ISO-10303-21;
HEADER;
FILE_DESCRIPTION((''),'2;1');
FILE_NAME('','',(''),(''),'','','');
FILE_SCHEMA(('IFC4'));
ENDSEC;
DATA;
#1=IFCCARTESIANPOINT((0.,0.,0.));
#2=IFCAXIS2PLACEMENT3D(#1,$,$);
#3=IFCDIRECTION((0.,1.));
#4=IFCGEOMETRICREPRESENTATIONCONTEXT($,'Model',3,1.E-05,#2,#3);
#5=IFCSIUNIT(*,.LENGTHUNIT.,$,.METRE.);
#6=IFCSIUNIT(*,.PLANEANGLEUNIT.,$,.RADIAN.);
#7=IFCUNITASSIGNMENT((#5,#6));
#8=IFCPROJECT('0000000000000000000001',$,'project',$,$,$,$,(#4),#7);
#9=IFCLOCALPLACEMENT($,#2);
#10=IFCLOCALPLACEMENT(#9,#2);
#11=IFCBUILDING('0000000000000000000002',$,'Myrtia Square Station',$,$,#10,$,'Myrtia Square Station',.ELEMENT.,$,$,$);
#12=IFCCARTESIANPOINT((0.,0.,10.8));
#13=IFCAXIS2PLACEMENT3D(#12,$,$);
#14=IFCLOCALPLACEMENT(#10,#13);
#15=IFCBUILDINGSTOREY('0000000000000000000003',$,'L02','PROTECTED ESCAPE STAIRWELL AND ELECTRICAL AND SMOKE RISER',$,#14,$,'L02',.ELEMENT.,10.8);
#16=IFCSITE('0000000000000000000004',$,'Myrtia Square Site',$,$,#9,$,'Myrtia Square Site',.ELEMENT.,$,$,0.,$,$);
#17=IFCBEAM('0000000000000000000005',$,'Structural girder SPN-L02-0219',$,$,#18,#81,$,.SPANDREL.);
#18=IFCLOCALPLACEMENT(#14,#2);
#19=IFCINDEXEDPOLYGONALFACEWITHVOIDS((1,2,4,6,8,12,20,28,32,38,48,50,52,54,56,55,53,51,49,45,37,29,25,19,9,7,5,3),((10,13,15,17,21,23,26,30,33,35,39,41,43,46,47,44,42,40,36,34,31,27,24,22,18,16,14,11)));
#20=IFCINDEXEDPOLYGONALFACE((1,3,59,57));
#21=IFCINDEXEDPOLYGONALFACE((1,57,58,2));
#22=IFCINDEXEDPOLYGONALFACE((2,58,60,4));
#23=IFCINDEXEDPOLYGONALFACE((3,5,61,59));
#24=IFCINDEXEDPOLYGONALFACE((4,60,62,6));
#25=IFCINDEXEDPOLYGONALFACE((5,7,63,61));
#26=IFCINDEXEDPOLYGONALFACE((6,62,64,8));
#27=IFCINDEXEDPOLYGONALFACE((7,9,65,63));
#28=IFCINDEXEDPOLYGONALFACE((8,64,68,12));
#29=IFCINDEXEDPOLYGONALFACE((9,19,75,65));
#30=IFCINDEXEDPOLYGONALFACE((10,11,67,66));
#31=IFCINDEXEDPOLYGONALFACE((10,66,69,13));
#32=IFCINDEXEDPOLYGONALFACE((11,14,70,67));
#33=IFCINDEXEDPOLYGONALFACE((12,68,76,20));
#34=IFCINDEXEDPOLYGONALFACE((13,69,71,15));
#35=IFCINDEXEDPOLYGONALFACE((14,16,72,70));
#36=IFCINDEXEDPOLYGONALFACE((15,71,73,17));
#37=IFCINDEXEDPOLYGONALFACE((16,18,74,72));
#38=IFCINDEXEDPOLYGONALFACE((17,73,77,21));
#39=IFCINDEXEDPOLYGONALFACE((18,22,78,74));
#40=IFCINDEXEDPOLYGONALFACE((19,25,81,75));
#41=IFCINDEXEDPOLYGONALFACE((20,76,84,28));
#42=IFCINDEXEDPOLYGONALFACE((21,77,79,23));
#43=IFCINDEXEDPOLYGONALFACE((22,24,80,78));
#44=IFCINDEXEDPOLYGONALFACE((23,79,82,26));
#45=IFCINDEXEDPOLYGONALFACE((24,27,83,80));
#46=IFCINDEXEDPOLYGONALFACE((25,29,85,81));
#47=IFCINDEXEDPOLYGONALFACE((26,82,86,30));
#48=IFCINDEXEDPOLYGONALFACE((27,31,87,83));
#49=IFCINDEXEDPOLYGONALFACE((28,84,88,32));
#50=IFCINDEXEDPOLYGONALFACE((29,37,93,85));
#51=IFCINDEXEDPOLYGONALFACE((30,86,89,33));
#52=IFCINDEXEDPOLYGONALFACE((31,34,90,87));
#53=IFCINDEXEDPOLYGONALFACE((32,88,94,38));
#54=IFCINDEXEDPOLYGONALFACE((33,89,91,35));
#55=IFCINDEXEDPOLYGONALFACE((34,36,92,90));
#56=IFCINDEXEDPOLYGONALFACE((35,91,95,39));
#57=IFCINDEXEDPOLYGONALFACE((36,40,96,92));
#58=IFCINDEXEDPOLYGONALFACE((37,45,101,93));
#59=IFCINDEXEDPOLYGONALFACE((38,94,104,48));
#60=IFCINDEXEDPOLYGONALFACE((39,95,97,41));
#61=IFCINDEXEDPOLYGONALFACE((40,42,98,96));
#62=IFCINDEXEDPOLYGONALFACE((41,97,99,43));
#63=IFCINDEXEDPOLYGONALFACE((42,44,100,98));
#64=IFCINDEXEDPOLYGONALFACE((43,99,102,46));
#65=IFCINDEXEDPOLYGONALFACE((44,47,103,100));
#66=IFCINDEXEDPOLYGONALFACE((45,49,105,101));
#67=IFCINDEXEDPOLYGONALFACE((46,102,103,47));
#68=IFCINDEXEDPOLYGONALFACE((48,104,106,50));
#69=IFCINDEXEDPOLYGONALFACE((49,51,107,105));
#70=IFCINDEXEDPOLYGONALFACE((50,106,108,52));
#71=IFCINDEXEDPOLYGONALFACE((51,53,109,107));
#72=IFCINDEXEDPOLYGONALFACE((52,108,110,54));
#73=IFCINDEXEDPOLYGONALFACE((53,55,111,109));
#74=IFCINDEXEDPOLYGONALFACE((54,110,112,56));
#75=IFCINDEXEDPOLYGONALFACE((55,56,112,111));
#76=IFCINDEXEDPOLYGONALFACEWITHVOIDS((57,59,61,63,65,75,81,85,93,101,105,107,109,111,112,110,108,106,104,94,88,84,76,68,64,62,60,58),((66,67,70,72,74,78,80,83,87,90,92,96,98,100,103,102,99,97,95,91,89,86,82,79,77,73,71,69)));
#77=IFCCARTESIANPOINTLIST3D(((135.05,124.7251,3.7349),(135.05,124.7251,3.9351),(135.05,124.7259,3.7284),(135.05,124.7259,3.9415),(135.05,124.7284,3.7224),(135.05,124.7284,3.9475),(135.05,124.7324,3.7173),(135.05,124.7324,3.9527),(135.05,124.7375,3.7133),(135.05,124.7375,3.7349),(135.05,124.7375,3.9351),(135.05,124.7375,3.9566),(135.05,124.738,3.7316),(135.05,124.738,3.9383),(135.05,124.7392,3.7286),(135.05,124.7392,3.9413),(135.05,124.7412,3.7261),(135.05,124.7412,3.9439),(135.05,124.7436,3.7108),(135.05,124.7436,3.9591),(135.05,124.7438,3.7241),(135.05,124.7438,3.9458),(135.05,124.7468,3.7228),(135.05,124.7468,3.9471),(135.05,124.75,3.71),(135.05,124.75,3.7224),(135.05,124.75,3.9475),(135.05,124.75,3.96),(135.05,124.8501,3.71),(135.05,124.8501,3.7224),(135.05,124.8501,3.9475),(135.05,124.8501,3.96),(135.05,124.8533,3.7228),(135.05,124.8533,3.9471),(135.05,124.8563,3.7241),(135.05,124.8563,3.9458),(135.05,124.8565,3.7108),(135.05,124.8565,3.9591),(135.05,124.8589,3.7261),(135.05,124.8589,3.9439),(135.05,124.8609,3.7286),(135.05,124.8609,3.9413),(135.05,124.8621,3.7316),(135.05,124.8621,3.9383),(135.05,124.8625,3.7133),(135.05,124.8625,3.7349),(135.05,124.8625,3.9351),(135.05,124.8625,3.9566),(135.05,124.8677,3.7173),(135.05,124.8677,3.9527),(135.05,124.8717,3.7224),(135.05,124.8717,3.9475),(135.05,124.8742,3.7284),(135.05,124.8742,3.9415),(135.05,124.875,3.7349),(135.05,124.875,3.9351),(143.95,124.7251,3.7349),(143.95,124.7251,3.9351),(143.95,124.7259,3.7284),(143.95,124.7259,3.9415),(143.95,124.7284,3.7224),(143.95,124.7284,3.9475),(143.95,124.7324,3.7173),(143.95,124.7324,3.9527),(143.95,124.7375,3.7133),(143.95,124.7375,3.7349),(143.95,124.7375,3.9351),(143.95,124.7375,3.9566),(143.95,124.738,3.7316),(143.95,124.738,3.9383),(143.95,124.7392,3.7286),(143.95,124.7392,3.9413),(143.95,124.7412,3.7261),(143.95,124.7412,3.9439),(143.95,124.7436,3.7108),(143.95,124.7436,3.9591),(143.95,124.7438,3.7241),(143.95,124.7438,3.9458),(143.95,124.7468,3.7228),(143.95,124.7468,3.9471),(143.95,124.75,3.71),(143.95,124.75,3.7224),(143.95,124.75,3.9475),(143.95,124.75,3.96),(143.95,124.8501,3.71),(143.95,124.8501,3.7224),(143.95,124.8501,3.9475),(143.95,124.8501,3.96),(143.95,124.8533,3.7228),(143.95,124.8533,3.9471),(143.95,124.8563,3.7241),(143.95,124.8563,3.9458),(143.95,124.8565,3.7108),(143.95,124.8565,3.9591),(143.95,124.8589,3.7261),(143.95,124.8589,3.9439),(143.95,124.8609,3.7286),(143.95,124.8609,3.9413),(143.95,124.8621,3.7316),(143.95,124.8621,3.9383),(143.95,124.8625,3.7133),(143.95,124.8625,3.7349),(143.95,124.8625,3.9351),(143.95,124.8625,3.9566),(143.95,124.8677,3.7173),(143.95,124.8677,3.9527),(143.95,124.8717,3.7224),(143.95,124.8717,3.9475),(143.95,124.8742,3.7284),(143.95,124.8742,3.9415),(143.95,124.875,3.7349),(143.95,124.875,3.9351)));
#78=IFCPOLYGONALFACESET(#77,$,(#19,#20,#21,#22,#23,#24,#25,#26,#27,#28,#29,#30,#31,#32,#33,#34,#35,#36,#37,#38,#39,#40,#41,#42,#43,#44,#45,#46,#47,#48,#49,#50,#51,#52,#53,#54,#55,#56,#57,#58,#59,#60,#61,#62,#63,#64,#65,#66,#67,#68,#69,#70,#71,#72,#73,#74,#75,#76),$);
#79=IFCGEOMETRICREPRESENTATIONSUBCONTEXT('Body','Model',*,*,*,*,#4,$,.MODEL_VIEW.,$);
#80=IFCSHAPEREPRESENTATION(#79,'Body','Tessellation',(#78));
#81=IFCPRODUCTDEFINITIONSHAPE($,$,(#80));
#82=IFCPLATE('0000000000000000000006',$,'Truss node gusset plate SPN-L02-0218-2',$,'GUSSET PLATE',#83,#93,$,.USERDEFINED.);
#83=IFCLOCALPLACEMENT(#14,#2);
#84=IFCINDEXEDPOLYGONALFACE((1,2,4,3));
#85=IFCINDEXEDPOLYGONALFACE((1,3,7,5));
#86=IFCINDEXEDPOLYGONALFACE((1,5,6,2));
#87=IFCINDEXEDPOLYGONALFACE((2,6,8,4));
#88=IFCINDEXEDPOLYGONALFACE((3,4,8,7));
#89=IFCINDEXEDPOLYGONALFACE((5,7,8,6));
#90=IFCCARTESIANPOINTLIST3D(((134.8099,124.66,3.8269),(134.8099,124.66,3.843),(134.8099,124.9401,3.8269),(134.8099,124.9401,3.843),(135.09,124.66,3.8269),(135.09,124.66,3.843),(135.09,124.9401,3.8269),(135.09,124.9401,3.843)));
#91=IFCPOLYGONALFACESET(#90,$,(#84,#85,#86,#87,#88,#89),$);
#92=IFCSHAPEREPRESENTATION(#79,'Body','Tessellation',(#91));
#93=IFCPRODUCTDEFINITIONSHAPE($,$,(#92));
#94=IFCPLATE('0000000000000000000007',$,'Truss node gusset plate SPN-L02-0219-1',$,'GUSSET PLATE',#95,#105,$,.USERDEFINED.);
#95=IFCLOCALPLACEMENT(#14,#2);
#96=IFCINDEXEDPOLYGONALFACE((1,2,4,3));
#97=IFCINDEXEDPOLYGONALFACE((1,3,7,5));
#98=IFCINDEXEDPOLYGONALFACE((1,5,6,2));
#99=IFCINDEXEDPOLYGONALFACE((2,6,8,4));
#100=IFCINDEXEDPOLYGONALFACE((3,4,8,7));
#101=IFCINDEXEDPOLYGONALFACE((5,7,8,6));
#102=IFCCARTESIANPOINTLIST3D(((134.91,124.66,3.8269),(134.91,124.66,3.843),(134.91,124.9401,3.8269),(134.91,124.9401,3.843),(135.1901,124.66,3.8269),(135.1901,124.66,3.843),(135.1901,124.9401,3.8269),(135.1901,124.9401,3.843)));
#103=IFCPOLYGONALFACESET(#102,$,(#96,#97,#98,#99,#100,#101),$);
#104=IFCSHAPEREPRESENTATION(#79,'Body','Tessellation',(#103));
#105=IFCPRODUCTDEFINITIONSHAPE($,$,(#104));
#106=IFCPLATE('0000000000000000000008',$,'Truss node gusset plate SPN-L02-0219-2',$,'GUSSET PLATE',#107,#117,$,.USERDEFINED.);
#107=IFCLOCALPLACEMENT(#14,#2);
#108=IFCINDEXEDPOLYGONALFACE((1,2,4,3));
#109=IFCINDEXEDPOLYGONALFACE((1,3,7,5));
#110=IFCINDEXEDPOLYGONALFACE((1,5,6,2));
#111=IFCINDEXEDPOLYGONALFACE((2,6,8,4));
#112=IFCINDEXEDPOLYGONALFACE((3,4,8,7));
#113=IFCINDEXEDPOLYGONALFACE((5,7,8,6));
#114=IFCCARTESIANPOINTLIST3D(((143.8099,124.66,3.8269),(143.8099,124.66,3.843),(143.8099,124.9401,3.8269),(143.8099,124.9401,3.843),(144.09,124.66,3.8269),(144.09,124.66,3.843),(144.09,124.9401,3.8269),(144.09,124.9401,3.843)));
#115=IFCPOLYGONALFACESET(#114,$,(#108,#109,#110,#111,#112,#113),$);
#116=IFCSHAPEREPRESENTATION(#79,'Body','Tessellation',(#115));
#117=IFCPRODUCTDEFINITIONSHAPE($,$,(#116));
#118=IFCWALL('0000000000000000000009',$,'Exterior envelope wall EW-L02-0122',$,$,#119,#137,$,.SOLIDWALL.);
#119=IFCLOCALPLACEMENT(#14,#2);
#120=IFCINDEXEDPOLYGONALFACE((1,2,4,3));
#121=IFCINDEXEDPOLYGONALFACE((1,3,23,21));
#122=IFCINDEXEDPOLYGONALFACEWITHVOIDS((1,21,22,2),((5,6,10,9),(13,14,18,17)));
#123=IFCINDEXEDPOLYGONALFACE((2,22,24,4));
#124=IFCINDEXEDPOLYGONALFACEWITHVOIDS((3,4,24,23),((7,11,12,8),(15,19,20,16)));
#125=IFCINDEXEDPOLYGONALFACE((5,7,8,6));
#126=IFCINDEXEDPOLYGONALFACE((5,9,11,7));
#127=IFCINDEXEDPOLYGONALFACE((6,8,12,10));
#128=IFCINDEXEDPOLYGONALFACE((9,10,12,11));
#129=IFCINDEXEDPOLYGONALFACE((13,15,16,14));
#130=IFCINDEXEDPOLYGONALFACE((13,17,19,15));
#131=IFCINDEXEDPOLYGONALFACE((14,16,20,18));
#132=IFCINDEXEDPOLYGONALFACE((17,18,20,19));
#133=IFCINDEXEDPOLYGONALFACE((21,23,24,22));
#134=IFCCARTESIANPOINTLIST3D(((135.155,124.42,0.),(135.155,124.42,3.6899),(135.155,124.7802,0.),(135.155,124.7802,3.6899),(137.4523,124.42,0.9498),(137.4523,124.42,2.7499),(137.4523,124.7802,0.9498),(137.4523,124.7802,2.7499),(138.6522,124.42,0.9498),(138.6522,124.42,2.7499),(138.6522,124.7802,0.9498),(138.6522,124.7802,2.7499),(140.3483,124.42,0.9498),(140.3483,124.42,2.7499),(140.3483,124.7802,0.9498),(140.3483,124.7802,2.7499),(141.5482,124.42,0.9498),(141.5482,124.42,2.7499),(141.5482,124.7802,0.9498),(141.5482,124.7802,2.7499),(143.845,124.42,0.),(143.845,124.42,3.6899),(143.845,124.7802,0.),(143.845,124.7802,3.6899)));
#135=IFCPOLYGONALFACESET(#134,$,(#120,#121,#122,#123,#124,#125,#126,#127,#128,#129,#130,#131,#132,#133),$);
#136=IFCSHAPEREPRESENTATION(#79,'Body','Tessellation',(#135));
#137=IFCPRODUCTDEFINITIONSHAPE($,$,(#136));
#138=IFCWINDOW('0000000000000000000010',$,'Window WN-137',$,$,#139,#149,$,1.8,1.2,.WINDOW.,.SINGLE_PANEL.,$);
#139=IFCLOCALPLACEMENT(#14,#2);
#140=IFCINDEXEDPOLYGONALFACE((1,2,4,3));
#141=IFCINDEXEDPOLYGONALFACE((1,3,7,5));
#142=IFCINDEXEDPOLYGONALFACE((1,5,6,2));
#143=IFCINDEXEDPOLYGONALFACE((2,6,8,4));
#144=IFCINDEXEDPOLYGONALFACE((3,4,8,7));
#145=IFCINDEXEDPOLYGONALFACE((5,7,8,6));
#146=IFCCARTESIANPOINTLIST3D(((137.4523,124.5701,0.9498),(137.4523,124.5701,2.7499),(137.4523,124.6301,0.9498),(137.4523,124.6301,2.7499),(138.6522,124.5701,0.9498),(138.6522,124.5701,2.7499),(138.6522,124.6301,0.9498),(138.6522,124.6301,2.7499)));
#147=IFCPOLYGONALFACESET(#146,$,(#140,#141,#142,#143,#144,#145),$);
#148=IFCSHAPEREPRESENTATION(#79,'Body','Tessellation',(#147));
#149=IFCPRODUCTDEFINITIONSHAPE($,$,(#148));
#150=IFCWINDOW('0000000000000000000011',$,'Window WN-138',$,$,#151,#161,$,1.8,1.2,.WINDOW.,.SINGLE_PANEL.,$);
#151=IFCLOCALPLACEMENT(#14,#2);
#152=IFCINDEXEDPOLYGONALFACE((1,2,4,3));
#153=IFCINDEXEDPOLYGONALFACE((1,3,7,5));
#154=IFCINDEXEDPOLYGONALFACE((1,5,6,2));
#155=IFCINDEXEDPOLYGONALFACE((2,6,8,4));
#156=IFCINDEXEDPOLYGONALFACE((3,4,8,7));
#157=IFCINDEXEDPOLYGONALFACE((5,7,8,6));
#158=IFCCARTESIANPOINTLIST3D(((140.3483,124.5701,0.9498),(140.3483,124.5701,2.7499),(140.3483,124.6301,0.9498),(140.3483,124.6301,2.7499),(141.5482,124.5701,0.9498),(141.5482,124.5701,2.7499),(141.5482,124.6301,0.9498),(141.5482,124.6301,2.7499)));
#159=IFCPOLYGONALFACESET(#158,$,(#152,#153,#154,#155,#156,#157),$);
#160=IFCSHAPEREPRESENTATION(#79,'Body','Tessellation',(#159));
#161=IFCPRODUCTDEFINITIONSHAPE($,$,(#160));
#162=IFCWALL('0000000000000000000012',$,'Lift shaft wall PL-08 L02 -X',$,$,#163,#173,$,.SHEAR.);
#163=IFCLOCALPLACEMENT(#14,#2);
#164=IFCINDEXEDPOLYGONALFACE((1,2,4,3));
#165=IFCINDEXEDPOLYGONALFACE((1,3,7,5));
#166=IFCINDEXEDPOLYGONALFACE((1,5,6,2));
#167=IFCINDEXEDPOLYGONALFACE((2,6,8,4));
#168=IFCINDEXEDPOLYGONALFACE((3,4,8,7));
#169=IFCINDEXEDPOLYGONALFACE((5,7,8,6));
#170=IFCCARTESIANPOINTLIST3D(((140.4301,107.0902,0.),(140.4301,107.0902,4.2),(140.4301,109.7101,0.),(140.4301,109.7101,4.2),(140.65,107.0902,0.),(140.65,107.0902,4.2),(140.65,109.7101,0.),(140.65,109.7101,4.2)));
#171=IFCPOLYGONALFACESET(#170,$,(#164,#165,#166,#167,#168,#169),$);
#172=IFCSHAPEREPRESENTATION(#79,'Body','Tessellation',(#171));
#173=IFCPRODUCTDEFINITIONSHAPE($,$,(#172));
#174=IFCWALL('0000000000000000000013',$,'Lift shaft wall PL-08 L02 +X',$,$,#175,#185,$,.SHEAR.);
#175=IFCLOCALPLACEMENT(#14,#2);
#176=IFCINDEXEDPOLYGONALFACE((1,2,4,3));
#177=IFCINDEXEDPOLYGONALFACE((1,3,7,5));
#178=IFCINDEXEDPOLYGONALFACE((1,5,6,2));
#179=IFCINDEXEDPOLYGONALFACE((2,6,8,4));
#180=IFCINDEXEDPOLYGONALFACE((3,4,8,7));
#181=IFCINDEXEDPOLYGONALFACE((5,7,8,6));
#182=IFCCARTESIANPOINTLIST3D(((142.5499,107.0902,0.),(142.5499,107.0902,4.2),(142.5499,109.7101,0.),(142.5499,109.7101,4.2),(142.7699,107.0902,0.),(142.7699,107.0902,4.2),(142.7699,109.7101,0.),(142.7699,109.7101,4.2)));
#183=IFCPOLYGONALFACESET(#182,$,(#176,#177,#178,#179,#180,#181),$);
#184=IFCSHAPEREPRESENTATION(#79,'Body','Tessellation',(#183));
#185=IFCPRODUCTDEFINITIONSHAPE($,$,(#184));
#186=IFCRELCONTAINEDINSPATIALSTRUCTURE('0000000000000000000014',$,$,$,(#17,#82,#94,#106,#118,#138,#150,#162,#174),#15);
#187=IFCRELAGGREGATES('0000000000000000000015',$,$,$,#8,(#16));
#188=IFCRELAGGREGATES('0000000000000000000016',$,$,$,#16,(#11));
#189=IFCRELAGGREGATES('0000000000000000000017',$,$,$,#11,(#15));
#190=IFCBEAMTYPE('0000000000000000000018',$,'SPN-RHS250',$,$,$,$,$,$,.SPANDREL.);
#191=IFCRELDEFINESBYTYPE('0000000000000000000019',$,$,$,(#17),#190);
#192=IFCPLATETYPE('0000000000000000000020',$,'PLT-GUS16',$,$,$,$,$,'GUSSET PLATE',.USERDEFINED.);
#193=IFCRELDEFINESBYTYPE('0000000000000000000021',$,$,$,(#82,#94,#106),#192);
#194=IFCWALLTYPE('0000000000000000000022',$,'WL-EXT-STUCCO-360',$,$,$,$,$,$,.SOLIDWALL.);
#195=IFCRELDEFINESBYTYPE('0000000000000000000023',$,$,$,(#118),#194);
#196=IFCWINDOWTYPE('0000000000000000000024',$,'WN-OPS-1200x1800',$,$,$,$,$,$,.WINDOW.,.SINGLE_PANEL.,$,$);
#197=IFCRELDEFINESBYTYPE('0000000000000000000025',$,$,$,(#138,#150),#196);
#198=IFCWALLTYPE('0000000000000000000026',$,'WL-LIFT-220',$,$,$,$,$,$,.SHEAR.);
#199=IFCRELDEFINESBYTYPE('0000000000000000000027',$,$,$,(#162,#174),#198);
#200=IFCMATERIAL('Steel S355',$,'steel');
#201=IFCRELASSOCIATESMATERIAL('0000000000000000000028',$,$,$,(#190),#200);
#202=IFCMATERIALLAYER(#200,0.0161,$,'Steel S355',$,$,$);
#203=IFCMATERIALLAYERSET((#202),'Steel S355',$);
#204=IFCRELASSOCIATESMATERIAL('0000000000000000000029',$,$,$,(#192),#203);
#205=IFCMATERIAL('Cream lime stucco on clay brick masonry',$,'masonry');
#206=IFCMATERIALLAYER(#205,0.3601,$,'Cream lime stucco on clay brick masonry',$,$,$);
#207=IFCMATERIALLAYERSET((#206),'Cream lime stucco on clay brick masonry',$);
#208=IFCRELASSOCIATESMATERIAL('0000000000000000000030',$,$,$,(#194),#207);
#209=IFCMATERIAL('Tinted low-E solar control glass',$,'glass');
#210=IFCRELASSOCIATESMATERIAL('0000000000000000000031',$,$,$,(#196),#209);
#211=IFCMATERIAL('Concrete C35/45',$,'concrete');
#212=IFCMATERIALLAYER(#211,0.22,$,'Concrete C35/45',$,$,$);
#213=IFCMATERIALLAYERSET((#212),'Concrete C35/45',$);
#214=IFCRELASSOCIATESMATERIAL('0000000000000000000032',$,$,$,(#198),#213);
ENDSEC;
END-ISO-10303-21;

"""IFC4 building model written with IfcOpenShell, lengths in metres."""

from ifc_helpers import new_model, si_unit, direction, frame, frame_2d, origin, origin_2d, place, context, subcontext, project, spatial, rectangle, hollow_rectangle, extrude, material, layer, layer_set, material_profile, profile_set, type_object, element, fill, save


model = new_model("IFC4")

# Units and contexts
model_context = context("Model", 3, precision=1e-05, world=origin(), true_north=direction((0.0, 1.0)))
body_context = subcontext(model_context, "Body", "Model", "MODEL_VIEW")
ifc_project = project(units=[si_unit("LENGTHUNIT", "METRE"), si_unit("PLANEANGLEUNIT", "RADIAN")], contexts=[model_context])

# Site, building, storey
site_placement = place(None, origin())
site = spatial("IfcSite", under=ifc_project, at=site_placement, Name="Myrtia Square Site", LongName="Myrtia Square Site", CompositionType="ELEMENT", RefElevation=0.0)
building_placement = place(site_placement, origin())
building = spatial("IfcBuilding", under=site, at=building_placement, Name="Myrtia Square Station", LongName="Myrtia Square Station", CompositionType="ELEMENT")
storey_placement = place(building_placement, frame((0.0, 0.0, 10.8)))
storey = spatial("IfcBuildingStorey", under=building, at=storey_placement, Name="L02", Description="PROTECTED ESCAPE STAIRWELL AND ELECTRICAL AND SMOKE RISER", LongName="L02", CompositionType="ELEMENT", Elevation=10.8)

# Shared definitions
ifc_material_1 = material(Name="Steel S355", Category="steel")

# Beam
ifc_material_profile_1 = material_profile(ifc_material_1, hollow_rectangle(XDim=0.1499, YDim=0.25, WallThickness=0.0125, InnerFilletRadius=0.0125, OuterFilletRadius=0.0249, at=origin_2d()), Name="RHS 250x150x12.5")
ifc_profile_set_1 = profile_set([ifc_material_profile_1], Name="Steel S355")
beam_type_1 = type_object("IfcBeamType", Name="SPN-RHS250", PredefinedType="SPANDREL", material=ifc_profile_set_1)
beam_1_placement = place(storey_placement, frame((135.05, 124.8, 3.835), z_axis=(1.0, 0.0, 0.0), x_axis=(0.0, 1.0, 0.0)))
element("IfcBeam", 1, at=beam_1_placement, inside=storey, type_object=beam_type_1, Name="Structural girder SPN-L02-0219", PredefinedType="SPANDREL", context=body_context, shape_type="SweptSolid", body=[
    extrude(hollow_rectangle(XDim=0.1499, YDim=0.25, WallThickness=0.0125, InnerFilletRadius=0.0125, OuterFilletRadius=0.0249, at=origin_2d()), origin(), (0.0, 0.0, 1.0), 8.8999),
])

# Plates
ifc_layer_1 = layer(ifc_material_1, 0.0161, Name="Steel S355")
ifc_layer_set_1 = layer_set([ifc_layer_1], Name="Steel S355")
plate_type = type_object("IfcPlateType", Name="PLT-GUS16", ElementType="GUSSET PLATE", PredefinedType="USERDEFINED", material=ifc_layer_set_1)
for number, where, z_axis, x_axis, name in (
    (2, (134.95, 124.8, 3.8269), (0.0, 0.0, 1.0), (1.0, 0.0, 0.0), "Truss node gusset plate SPN-L02-0218-2"),
    (3, (135.05, 124.8, 3.8269), (0.0, 0.0, 1.0), (1.0, 0.0, 0.0), "Truss node gusset plate SPN-L02-0219-1"),
    (4, (143.95, 124.8, 3.8269), (0.0, 0.0, 1.0), (1.0, 0.0, 0.0), "Truss node gusset plate SPN-L02-0219-2"),
):
    element("IfcPlate", number, at=place(storey_placement, frame(where, z_axis=z_axis, x_axis=x_axis)), inside=storey, type_object=plate_type, Name=name, ObjectType="GUSSET PLATE", PredefinedType="USERDEFINED", context=body_context, shape_type="SweptSolid", body=[
        extrude(rectangle(XDim=0.28, YDim=0.28, at=origin_2d()), origin(), (0.0, 0.0, 1.0), 0.0161),
    ])

# Wall, openings, windows
ifc_material_2 = material(Name="Cream lime stucco on clay brick masonry", Category="masonry")
ifc_layer_2 = layer(ifc_material_2, 0.3601, Name="Cream lime stucco on clay brick masonry")
ifc_layer_set_2 = layer_set([ifc_layer_2], Name="Cream lime stucco on clay brick masonry")
wall_type_1 = type_object("IfcWallType", Name="WL-EXT-STUCCO-360", PredefinedType="SOLIDWALL", material=ifc_layer_set_2)
wall_1_placement = place(storey_placement, frame((135.155, 124.6001, 0.0), z_axis=(0.0, 0.0, 1.0), x_axis=(1.0, 0.0, 0.0)))
wall_1 = element("IfcWall", 5, at=wall_1_placement, inside=storey, type_object=wall_type_1, Name="Exterior envelope wall EW-L02-0122", PredefinedType="SOLIDWALL", context=body_context, shape_type="SweptSolid", body=[
    extrude(rectangle(XDim=8.6899, YDim=0.3601, at=frame_2d((4.345, 0.0))), origin(), (0.0, 0.0, 1.0), 3.6899),
])
opening_1_placement = place(wall_1_placement, frame((2.2971, 0.0, 0.95)))
opening_1 = element("IfcOpeningElement", 6, at=opening_1_placement, cuts=wall_1, PredefinedType="OPENING", context=body_context, shape_type="SweptSolid", body=[
    extrude(rectangle(XDim=1.2, YDim=1.8, at=frame_2d((0.6001, 0.8999))), frame((0.0, 0.1951, 0.0), z_axis=(0.0, -1.0, 0.0), x_axis=(1.0, 0.0, 0.0)), (0.0, 0.0, 1.0), 0.3901),
])
opening_2_placement = place(wall_1_placement, frame((5.1931, 0.0, 0.95)))
opening_2 = element("IfcOpeningElement", 7, at=opening_2_placement, cuts=wall_1, PredefinedType="OPENING", context=body_context, shape_type="SweptSolid", body=[
    extrude(rectangle(XDim=1.2, YDim=1.8, at=frame_2d((0.6001, 0.8999))), frame((0.0, 0.1951, 0.0), z_axis=(0.0, -1.0, 0.0), x_axis=(1.0, 0.0, 0.0)), (0.0, 0.0, 1.0), 0.3901),
])
ifc_material_3 = material(Name="Tinted low-E solar control glass", Category="glass")
window_type = type_object("IfcWindowType", Name="WN-OPS-1200x1800", PartitioningType="SINGLE_PANEL", PredefinedType="WINDOW", material=ifc_material_3)
window_1_placement = place(opening_1_placement, origin())
window_1 = element("IfcWindow", 8, at=window_1_placement, inside=storey, type_object=window_type, Name="Window WN-137", OverallHeight=1.8, OverallWidth=1.2, PartitioningType="SINGLE_PANEL", PredefinedType="WINDOW", context=body_context, shape_type="SweptSolid", body=[
    extrude(rectangle(XDim=1.2, YDim=1.8, at=frame_2d((0.6001, 0.8999))), frame((0.0, 0.03, 0.0), z_axis=(0.0, -1.0, 0.0), x_axis=(1.0, 0.0, 0.0)), (0.0, 0.0, 1.0), 0.0601),
])
fill(opening_1, window_1)
window_2_placement = place(opening_2_placement, origin())
window_2 = element("IfcWindow", 9, at=window_2_placement, inside=storey, type_object=window_type, Name="Window WN-138", OverallHeight=1.8, OverallWidth=1.2, PartitioningType="SINGLE_PANEL", PredefinedType="WINDOW", context=body_context, shape_type="SweptSolid", body=[
    extrude(rectangle(XDim=1.2, YDim=1.8, at=frame_2d((0.6001, 0.8999))), frame((0.0, 0.03, 0.0), z_axis=(0.0, -1.0, 0.0), x_axis=(1.0, 0.0, 0.0)), (0.0, 0.0, 1.0), 0.0601),
])
fill(opening_2, window_2)

# Shared definitions
ifc_material_4 = material(Name="Concrete C35/45", Category="concrete")
ifc_layer_3 = layer(ifc_material_4, 0.22, Name="Concrete C35/45")
ifc_layer_set_3 = layer_set([ifc_layer_3], Name="Concrete C35/45")
wall_type_2 = type_object("IfcWallType", Name="WL-LIFT-220", PredefinedType="SHEAR", material=ifc_layer_set_3)

# Walls
for number, where, z_axis, x_axis, name in (
    (10, (140.54, 107.0901, 0.0), (0.0, 0.0, 1.0), (0.0, 1.0, 0.0), "Lift shaft wall PL-08 L02 -X"),
    (11, (142.6599, 107.0901, 0.0), (0.0, 0.0, 1.0), (0.0, 1.0, 0.0), "Lift shaft wall PL-08 L02 +X"),
):
    element("IfcWall", number, at=place(storey_placement, frame(where, z_axis=z_axis, x_axis=x_axis)), inside=storey, type_object=wall_type_2, Name=name, PredefinedType="SHEAR", context=body_context, shape_type="SweptSolid", body=[
        extrude(rectangle(XDim=2.6199, YDim=0.22, at=frame_2d((1.3101, 0.0))), origin(), (0.0, 0.0, 1.0), 4.2),
    ])

save(model, "model.ifc")
